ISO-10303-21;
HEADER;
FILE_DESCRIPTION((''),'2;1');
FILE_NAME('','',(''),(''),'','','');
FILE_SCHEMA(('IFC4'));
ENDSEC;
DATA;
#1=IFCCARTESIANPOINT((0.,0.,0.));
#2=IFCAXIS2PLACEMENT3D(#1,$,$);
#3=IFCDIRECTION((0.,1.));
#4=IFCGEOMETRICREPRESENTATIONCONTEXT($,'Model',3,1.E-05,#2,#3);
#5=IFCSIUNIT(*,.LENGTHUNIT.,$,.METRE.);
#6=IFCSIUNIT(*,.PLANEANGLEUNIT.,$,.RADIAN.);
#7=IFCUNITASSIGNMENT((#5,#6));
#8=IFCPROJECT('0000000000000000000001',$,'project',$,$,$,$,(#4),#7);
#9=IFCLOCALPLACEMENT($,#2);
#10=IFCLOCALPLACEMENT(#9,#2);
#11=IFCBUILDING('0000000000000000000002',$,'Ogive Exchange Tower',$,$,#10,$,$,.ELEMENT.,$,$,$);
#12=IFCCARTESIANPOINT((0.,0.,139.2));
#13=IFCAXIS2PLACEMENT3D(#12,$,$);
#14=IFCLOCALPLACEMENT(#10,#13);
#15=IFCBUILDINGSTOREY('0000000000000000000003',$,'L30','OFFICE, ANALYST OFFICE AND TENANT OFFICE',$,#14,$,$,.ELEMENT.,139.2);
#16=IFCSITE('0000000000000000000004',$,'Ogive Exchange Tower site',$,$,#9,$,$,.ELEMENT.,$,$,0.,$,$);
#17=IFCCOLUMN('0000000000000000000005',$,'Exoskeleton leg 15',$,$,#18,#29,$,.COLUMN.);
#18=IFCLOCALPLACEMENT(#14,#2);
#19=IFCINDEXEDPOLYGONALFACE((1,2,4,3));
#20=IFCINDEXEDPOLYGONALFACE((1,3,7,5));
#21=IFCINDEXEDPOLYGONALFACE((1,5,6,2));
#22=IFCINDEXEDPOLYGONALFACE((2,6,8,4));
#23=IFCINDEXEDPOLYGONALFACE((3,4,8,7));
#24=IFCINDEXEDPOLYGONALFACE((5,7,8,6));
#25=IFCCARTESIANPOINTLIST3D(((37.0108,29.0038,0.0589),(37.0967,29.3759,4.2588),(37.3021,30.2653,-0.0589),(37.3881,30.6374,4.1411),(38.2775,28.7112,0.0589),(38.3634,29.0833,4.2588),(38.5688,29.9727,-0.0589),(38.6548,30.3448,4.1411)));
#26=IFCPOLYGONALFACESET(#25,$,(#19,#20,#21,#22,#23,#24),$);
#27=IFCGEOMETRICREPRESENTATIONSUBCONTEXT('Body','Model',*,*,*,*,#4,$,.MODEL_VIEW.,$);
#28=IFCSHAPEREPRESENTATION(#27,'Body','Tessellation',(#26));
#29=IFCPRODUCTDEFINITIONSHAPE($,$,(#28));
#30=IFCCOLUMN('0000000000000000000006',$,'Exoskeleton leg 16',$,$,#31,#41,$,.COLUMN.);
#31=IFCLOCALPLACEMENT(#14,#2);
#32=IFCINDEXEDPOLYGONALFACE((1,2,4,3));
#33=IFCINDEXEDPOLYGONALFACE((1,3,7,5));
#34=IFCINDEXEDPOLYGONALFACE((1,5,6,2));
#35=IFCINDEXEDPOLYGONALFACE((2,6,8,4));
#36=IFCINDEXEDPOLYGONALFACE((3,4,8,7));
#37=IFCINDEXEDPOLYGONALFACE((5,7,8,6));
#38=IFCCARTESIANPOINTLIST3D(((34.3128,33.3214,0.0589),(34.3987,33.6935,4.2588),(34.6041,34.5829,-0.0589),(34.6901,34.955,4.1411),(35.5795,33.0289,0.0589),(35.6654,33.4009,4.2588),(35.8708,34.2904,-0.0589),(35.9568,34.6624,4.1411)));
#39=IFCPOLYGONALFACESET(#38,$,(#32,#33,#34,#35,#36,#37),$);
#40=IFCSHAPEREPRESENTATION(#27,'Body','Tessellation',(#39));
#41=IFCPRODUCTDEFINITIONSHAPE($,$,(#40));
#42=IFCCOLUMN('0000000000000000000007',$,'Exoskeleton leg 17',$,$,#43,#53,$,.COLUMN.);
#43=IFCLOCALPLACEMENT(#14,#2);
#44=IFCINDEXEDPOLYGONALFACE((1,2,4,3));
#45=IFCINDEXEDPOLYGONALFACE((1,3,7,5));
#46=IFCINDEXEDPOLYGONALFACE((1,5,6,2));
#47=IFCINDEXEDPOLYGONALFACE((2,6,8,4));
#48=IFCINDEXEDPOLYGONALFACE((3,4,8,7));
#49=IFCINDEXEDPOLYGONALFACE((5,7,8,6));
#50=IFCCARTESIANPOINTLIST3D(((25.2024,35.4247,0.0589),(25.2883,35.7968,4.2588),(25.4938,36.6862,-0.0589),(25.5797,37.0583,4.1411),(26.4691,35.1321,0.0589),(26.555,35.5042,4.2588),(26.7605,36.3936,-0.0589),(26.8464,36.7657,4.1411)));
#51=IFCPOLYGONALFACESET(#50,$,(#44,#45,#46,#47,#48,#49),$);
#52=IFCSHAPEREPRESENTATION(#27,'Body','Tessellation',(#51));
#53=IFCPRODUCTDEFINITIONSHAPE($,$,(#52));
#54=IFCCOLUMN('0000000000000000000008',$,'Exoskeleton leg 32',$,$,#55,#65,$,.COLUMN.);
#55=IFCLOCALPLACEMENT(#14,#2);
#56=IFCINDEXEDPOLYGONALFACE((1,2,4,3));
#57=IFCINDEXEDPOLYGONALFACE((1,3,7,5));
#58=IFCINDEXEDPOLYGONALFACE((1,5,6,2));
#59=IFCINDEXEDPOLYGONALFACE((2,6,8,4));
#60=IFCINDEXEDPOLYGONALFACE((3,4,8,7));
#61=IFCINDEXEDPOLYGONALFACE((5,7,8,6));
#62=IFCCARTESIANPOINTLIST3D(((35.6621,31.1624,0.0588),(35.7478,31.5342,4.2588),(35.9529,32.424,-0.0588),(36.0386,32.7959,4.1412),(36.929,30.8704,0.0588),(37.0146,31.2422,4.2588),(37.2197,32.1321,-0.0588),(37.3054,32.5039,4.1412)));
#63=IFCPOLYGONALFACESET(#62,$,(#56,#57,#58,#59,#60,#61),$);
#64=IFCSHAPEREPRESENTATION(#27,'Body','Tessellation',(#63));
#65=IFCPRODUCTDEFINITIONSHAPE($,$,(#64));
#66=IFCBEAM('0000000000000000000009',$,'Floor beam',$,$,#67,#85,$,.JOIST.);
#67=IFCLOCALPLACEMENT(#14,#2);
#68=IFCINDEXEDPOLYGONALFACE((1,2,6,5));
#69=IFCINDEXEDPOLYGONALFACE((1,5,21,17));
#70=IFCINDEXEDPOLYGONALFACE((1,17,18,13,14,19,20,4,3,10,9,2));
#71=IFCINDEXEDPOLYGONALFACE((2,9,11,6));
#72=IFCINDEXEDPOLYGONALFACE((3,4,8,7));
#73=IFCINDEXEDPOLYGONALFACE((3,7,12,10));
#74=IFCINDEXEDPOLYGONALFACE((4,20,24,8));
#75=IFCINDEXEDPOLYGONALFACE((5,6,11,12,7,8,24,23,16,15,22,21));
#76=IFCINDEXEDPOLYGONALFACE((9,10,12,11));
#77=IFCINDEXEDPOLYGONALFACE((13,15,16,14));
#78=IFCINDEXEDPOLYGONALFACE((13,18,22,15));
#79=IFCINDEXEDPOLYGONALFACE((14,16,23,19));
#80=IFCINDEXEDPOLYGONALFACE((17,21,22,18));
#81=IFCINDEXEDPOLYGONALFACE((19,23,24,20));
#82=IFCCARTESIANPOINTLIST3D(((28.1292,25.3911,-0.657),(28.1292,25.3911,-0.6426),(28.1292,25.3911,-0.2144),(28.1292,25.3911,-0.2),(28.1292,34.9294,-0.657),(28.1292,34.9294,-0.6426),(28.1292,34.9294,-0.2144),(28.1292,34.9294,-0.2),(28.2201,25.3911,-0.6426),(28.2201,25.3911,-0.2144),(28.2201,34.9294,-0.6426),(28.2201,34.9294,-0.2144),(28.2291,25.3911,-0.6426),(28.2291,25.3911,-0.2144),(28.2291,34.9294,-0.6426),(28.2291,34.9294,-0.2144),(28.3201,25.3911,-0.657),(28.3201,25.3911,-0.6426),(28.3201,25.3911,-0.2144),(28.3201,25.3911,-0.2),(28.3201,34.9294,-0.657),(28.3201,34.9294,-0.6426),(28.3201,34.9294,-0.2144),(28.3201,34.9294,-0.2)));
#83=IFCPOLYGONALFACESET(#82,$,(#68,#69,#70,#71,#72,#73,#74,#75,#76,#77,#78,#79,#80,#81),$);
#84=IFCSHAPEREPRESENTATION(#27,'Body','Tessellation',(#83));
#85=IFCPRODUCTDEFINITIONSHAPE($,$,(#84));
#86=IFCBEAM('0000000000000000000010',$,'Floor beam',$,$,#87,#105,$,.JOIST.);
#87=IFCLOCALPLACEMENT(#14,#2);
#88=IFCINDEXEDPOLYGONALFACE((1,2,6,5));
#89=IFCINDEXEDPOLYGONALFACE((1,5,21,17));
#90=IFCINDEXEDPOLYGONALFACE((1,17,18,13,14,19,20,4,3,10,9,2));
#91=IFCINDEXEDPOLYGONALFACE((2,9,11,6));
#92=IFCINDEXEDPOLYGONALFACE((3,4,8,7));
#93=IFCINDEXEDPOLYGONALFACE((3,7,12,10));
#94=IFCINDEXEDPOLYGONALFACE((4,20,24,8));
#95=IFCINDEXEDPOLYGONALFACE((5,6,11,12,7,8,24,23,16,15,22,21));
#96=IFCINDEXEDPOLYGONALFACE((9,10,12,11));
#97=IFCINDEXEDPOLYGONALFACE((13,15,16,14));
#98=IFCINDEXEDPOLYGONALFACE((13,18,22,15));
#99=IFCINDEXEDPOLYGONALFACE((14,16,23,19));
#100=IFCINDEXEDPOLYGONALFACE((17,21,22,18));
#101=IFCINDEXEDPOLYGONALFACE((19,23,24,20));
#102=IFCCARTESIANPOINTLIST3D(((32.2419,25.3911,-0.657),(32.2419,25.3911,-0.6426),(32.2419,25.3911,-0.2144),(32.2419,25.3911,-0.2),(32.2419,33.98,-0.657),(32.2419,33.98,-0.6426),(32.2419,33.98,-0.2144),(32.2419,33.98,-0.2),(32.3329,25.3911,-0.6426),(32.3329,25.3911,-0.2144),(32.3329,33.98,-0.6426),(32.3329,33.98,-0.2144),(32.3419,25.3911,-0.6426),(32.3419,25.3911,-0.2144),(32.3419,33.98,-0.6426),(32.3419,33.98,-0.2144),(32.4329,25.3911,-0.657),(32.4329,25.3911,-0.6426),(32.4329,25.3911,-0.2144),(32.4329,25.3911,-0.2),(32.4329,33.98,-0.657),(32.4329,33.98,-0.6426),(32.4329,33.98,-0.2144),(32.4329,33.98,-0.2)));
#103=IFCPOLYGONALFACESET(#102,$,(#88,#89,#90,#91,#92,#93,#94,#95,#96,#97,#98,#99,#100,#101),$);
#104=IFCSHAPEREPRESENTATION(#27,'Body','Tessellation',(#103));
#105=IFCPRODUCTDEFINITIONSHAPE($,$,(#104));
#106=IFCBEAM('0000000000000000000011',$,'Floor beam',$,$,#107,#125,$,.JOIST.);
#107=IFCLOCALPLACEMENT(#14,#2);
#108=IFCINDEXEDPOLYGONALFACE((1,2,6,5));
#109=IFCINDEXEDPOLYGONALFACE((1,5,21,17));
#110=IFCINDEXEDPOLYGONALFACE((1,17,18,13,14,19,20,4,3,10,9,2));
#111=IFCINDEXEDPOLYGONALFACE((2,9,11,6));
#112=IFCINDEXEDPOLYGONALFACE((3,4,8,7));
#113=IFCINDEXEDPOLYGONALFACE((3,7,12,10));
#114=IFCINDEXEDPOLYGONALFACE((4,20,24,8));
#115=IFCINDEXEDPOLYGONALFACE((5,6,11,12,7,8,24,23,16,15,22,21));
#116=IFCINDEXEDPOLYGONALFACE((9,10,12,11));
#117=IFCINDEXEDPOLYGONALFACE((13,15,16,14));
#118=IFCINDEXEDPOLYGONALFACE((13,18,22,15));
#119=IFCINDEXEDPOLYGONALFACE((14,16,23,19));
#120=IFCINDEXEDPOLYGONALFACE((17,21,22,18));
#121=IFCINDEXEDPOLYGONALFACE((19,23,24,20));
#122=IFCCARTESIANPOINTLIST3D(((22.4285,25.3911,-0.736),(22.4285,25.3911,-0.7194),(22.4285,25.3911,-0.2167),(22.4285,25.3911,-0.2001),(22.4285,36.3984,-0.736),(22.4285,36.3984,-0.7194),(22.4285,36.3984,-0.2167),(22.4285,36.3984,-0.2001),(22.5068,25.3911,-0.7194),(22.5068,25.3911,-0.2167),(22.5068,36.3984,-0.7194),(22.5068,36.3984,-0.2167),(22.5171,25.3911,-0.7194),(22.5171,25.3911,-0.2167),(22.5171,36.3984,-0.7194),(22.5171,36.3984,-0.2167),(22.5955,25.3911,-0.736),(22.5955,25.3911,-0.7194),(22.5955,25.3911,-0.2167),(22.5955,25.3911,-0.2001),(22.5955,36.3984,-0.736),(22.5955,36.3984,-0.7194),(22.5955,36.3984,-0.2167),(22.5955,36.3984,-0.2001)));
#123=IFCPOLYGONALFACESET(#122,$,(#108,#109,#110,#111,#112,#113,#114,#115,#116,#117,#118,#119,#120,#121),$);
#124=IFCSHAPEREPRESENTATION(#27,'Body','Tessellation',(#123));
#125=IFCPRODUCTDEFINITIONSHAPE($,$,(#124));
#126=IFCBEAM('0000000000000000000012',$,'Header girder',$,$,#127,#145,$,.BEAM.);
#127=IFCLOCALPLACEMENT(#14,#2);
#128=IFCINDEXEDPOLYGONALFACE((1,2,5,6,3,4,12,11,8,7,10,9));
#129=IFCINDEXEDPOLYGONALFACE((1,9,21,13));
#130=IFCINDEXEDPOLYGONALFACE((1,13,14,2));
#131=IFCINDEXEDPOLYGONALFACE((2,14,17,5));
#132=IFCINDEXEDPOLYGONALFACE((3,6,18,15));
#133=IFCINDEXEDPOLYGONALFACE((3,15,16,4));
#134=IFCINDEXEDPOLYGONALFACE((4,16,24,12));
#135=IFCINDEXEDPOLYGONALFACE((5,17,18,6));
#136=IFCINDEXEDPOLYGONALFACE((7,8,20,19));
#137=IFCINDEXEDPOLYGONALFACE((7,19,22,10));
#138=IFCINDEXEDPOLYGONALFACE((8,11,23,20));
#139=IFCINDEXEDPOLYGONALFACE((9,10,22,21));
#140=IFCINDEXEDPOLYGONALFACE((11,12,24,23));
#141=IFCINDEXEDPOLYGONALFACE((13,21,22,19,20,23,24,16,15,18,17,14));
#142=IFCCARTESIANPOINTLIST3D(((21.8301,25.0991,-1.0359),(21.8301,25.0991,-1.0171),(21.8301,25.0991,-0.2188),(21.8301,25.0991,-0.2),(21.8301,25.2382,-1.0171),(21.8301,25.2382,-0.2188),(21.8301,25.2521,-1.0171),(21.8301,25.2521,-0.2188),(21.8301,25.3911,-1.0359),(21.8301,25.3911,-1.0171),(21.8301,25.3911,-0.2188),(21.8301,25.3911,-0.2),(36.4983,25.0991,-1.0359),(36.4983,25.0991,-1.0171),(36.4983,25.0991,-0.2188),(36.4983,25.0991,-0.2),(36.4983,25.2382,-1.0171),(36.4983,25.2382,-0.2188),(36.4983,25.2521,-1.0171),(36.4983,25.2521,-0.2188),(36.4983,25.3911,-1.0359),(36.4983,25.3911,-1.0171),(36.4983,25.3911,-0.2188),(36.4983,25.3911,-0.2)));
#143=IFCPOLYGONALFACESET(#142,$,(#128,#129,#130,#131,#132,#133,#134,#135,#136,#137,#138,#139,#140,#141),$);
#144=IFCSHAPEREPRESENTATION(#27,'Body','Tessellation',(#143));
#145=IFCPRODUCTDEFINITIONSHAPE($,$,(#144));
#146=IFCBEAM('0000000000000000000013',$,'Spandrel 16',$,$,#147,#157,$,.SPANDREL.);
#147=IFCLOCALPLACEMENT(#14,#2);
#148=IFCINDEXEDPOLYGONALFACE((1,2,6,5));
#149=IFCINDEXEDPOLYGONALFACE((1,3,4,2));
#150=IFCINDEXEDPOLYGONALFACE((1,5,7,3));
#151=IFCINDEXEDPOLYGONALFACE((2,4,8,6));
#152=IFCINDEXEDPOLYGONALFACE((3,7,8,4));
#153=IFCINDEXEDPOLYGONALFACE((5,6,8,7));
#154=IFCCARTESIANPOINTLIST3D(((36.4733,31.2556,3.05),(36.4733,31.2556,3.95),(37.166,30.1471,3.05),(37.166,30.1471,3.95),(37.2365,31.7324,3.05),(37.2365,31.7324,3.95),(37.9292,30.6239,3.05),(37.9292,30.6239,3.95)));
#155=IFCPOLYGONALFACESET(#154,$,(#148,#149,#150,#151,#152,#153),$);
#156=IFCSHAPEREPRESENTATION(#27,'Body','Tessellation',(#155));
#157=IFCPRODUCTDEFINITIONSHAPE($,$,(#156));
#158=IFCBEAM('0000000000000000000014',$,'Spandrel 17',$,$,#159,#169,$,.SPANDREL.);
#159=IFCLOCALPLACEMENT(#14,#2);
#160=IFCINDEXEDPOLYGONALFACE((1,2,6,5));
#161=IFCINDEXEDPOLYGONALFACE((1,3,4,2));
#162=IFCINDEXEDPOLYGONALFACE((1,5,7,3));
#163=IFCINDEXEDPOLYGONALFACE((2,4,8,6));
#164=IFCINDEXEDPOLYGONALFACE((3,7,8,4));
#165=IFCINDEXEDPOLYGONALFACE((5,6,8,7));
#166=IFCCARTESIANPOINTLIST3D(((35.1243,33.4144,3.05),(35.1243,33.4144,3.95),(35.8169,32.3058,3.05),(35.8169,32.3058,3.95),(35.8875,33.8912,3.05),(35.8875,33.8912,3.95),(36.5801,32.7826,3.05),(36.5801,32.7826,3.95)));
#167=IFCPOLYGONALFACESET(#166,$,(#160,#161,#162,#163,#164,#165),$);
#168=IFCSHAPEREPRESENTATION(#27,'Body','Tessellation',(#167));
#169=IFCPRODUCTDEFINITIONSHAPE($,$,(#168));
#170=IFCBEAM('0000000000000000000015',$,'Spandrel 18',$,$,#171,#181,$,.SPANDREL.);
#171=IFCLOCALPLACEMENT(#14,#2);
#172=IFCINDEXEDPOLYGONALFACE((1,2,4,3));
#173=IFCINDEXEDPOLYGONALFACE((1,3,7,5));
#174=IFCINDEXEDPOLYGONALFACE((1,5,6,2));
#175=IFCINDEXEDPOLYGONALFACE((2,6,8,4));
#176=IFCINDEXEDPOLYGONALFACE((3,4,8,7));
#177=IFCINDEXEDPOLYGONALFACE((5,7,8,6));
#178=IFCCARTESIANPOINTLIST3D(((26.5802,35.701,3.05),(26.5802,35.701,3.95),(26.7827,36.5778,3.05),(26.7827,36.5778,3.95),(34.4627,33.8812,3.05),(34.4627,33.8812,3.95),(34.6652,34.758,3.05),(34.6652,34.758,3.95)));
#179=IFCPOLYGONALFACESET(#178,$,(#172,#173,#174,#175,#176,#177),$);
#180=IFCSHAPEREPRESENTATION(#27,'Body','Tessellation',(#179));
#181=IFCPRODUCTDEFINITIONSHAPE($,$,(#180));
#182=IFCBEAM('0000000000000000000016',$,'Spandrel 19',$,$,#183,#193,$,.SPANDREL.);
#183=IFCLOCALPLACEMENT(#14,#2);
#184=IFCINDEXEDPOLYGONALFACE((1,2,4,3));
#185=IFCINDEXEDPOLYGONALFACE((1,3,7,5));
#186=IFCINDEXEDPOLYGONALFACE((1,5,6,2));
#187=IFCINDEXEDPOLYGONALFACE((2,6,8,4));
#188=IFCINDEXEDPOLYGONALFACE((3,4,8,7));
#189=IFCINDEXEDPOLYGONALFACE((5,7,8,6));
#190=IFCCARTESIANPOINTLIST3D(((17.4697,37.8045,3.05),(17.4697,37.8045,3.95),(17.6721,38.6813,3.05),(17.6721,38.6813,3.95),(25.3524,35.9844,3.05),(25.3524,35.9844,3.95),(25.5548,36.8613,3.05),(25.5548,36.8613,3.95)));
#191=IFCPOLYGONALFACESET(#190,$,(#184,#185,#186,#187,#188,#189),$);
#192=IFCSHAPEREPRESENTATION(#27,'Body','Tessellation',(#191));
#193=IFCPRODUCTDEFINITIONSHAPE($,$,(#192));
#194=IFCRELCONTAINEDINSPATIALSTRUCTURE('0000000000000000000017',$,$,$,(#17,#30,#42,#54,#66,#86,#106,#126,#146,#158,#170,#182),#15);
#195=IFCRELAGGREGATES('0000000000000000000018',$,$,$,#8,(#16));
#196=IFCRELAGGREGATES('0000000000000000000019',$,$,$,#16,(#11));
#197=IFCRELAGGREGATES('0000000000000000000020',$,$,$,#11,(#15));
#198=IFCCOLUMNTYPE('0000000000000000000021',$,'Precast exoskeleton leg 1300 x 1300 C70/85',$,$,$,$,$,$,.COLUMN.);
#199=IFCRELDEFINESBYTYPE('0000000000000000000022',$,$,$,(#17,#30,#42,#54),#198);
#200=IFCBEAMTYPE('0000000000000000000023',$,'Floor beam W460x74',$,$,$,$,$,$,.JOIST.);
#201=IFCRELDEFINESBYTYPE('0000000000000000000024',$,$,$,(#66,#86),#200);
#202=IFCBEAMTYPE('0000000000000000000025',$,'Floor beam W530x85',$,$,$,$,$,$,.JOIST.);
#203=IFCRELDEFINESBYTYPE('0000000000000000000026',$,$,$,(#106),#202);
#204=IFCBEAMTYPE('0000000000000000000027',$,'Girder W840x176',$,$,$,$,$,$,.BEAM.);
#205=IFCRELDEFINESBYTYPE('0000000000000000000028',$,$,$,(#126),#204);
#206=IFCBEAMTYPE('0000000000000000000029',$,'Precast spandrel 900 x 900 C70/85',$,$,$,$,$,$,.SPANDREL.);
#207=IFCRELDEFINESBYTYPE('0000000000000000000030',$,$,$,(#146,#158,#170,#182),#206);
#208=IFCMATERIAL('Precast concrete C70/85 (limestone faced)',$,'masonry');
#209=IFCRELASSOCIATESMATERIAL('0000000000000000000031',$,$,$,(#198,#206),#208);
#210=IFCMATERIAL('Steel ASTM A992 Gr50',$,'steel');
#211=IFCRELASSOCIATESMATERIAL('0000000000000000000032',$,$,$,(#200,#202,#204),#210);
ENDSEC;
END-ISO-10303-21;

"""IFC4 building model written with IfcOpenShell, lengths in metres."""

from ifc_helpers import new_model, si_unit, direction, frame, origin, origin_2d, place, context, subcontext, project, spatial, rectangle, i_section, extrude, material, material_profile, profile_set, type_object, element, save


model = new_model("IFC4")

# Units and contexts
model_context = context("Model", 3, precision=1e-05, world=origin(), true_north=direction((0.0, 1.0)))
body_context = subcontext(model_context, "Body", "Model", "MODEL_VIEW")
ifc_project = project(units=[si_unit("LENGTHUNIT", "METRE"), si_unit("PLANEANGLEUNIT", "RADIAN")], contexts=[model_context])

# Site, building, storey
site_placement = place(None, origin())
site = spatial("IfcSite", under=ifc_project, at=site_placement, Name="Ogive Exchange Tower site", CompositionType="ELEMENT", RefElevation=0.0)
building_placement = place(site_placement, origin())
building = spatial("IfcBuilding", under=site, at=building_placement, Name="Ogive Exchange Tower", CompositionType="ELEMENT")
storey_placement = place(building_placement, frame((0.0, 0.0, 139.2)))
storey = spatial("IfcBuildingStorey", under=building, at=storey_placement, Name="L30", Description="OFFICE, ANALYST OFFICE AND TENANT OFFICE", CompositionType="ELEMENT", Elevation=139.2)

# Columns
ifc_material_1 = material(Name="Precast concrete C70/85 (limestone faced)", Category="masonry")
ifc_material_profile_1 = material_profile(ifc_material_1, rectangle(XDim=1.3, YDim=1.3, at=origin_2d()), Name="1300 x 1300")
ifc_profile_set_1 = profile_set([ifc_material_profile_1], Name="Precast concrete C70/85 (limestone faced)")
column_type = type_object("IfcColumnType", Name="Precast exoskeleton leg 1300 x 1300 C70/85", PredefinedType="COLUMN", material=ifc_profile_set_1)
for number, where, z_axis, x_axis, name in (
    (1, (37.7898, 29.4883, 0.0), (0.020377, 0.088225, 0.995892), (-0.974348, 0.225046, 0.0), "Exoskeleton leg 15"),
    (2, (35.0918, 33.8059, 0.0), (0.020377, 0.088225, 0.995892), (-0.974348, 0.225046, 0.0), "Exoskeleton leg 16"),
    (3, (25.9814, 35.9092, 0.0), (0.020377, 0.088225, 0.995892), (-0.974348, 0.225046, 0.0), "Exoskeleton leg 17"),
    (4, (36.4409, 31.6472, 0.0), (0.02032, 0.088168, 0.995898), (-0.974456, 0.224579, 0.0), "Exoskeleton leg 32"),
):
    element("IfcColumn", number, at=place(storey_placement, frame(where, z_axis=z_axis, x_axis=x_axis)), inside=storey, type_object=column_type, Name=name, PredefinedType="COLUMN", context=body_context, shape_type="SweptSolid", body=[
        extrude(rectangle(XDim=1.3, YDim=1.3, at=origin_2d()), origin(), (0.0, 0.0, 1.0), 4.2173),
    ])

# Beams
ifc_material_2 = material(Name="Steel ASTM A992 Gr50", Category="steel")
ifc_material_profile_2 = material_profile(ifc_material_2, i_section(OverallWidth=0.1909, OverallDepth=0.457, WebThickness=0.009, FlangeThickness=0.0144, at=origin_2d()), Name="W460x74")
ifc_profile_set_2 = profile_set([ifc_material_profile_2], Name="Steel ASTM A992 Gr50")
beam_type_1 = type_object("IfcBeamType", Name="Floor beam W460x74", PredefinedType="JOIST", material=ifc_profile_set_2)
beam_1_placement = place(storey_placement, frame((28.2246, 25.3911, -0.4285), z_axis=(0.0, 1.0, 0.0), x_axis=(-1.0, 0.0, 0.0)))
element("IfcBeam", 5, at=beam_1_placement, inside=storey, type_object=beam_type_1, Name="Floor beam", PredefinedType="JOIST", context=body_context, shape_type="SweptSolid", body=[
    extrude(i_section(OverallWidth=0.1909, OverallDepth=0.457, WebThickness=0.009, FlangeThickness=0.0144, at=origin_2d()), origin(), (0.0, 0.0, 1.0), 9.5383),
])
beam_2_placement = place(storey_placement, frame((32.3374, 25.3911, -0.4285), z_axis=(0.0, 1.0, 0.0), x_axis=(-1.0, 0.0, 0.0)))
element("IfcBeam", 6, at=beam_2_placement, inside=storey, type_object=beam_type_1, Name="Floor beam", PredefinedType="JOIST", context=body_context, shape_type="SweptSolid", body=[
    extrude(i_section(OverallWidth=0.1909, OverallDepth=0.457, WebThickness=0.009, FlangeThickness=0.0144, at=origin_2d()), origin(), (0.0, 0.0, 1.0), 8.5889),
])
ifc_material_profile_3 = material_profile(ifc_material_2, i_section(OverallWidth=0.167, OverallDepth=0.5359, WebThickness=0.0103, FlangeThickness=0.0166, at=origin_2d()), Name="W530x85")
ifc_profile_set_3 = profile_set([ifc_material_profile_3], Name="Steel ASTM A992 Gr50")
beam_type_2 = type_object("IfcBeamType", Name="Floor beam W530x85", PredefinedType="JOIST", material=ifc_profile_set_3)
beam_3_placement = place(storey_placement, frame((22.512, 25.3911, -0.468), z_axis=(0.0, 1.0, 0.0), x_axis=(-1.0, 0.0, 0.0)))
element("IfcBeam", 7, at=beam_3_placement, inside=storey, type_object=beam_type_2, Name="Floor beam", PredefinedType="JOIST", context=body_context, shape_type="SweptSolid", body=[
    extrude(i_section(OverallWidth=0.167, OverallDepth=0.5359, WebThickness=0.0103, FlangeThickness=0.0166, at=origin_2d()), origin(), (0.0, 0.0, 1.0), 11.0073),
])
ifc_material_profile_4 = material_profile(ifc_material_2, i_section(OverallWidth=0.292, OverallDepth=0.8359, WebThickness=0.0139, FlangeThickness=0.0188, at=origin_2d()), Name="W840x176")
ifc_profile_set_4 = profile_set([ifc_material_profile_4], Name="Steel ASTM A992 Gr50")
beam_type_3 = type_object("IfcBeamType", Name="Girder W840x176", PredefinedType="BEAM", material=ifc_profile_set_4)
beam_4_placement = place(storey_placement, frame((21.8301, 25.2451, -0.6179), z_axis=(1.0, 0.0, 0.0), x_axis=(0.0, 1.0, 0.0)))
element("IfcBeam", 8, at=beam_4_placement, inside=storey, type_object=beam_type_3, Name="Header girder", PredefinedType="BEAM", context=body_context, shape_type="SweptSolid", body=[
    extrude(i_section(OverallWidth=0.292, OverallDepth=0.8359, WebThickness=0.0139, FlangeThickness=0.0188, at=origin_2d()), origin(), (0.0, 0.0, 1.0), 14.6682),
])
ifc_material_profile_5 = material_profile(ifc_material_1, rectangle(XDim=0.8999, YDim=0.8999, at=origin_2d()), Name="900 x 900")
ifc_profile_set_5 = profile_set([ifc_material_profile_5], Name="Precast concrete C70/85 (limestone faced)")
beam_type_4 = type_object("IfcBeamType", Name="Precast spandrel 900 x 900 C70/85", PredefinedType="SPANDREL", material=ifc_profile_set_5)
for number, where, z_axis, x_axis, name in (
    (9, (37.5476, 30.3855, 3.5), (-0.529932, 0.84804, 0.0), (-0.84804, -0.529932, 0.0), "Spandrel 16"),
    (10, (36.1985, 32.5442, 3.5), (-0.529848, 0.848093, 0.0), (-0.848093, -0.529848, 0.0), "Spandrel 17"),
):
    element("IfcBeam", number, at=place(storey_placement, frame(where, z_axis=z_axis, x_axis=x_axis)), inside=storey, type_object=beam_type_4, Name=name, PredefinedType="SPANDREL", context=body_context, shape_type="SweptSolid", body=[
        extrude(rectangle(XDim=0.8999, YDim=0.8999, at=origin_2d()), origin(), (0.0, 0.0, 1.0), 1.3071),
    ])
beam_5_placement = place(storey_placement, frame((34.564, 34.3196, 3.5), z_axis=(-0.97437, 0.22495, 0.0), x_axis=(-0.22495, -0.97437, 0.0)))
element("IfcBeam", 11, at=beam_5_placement, inside=storey, type_object=beam_type_4, Name="Spandrel 18", PredefinedType="SPANDREL", context=body_context, shape_type="SweptSolid", body=[
    extrude(rectangle(XDim=0.8999, YDim=0.8999, at=origin_2d()), origin(), (0.0, 0.0, 1.0), 8.0898),
])
beam_6_placement = place(storey_placement, frame((25.4536, 36.4229, 3.5), z_axis=(-0.974365, 0.224972, 0.0), x_axis=(-0.224972, -0.974365, 0.0)))
element("IfcBeam", 12, at=beam_6_placement, inside=storey, type_object=beam_type_4, Name="Spandrel 19", PredefinedType="SPANDREL", context=body_context, shape_type="SweptSolid", body=[
    extrude(rectangle(XDim=0.8999, YDim=0.8999, at=origin_2d()), origin(), (0.0, 0.0, 1.0), 8.0901),
])

save(model, "model.ifc")
